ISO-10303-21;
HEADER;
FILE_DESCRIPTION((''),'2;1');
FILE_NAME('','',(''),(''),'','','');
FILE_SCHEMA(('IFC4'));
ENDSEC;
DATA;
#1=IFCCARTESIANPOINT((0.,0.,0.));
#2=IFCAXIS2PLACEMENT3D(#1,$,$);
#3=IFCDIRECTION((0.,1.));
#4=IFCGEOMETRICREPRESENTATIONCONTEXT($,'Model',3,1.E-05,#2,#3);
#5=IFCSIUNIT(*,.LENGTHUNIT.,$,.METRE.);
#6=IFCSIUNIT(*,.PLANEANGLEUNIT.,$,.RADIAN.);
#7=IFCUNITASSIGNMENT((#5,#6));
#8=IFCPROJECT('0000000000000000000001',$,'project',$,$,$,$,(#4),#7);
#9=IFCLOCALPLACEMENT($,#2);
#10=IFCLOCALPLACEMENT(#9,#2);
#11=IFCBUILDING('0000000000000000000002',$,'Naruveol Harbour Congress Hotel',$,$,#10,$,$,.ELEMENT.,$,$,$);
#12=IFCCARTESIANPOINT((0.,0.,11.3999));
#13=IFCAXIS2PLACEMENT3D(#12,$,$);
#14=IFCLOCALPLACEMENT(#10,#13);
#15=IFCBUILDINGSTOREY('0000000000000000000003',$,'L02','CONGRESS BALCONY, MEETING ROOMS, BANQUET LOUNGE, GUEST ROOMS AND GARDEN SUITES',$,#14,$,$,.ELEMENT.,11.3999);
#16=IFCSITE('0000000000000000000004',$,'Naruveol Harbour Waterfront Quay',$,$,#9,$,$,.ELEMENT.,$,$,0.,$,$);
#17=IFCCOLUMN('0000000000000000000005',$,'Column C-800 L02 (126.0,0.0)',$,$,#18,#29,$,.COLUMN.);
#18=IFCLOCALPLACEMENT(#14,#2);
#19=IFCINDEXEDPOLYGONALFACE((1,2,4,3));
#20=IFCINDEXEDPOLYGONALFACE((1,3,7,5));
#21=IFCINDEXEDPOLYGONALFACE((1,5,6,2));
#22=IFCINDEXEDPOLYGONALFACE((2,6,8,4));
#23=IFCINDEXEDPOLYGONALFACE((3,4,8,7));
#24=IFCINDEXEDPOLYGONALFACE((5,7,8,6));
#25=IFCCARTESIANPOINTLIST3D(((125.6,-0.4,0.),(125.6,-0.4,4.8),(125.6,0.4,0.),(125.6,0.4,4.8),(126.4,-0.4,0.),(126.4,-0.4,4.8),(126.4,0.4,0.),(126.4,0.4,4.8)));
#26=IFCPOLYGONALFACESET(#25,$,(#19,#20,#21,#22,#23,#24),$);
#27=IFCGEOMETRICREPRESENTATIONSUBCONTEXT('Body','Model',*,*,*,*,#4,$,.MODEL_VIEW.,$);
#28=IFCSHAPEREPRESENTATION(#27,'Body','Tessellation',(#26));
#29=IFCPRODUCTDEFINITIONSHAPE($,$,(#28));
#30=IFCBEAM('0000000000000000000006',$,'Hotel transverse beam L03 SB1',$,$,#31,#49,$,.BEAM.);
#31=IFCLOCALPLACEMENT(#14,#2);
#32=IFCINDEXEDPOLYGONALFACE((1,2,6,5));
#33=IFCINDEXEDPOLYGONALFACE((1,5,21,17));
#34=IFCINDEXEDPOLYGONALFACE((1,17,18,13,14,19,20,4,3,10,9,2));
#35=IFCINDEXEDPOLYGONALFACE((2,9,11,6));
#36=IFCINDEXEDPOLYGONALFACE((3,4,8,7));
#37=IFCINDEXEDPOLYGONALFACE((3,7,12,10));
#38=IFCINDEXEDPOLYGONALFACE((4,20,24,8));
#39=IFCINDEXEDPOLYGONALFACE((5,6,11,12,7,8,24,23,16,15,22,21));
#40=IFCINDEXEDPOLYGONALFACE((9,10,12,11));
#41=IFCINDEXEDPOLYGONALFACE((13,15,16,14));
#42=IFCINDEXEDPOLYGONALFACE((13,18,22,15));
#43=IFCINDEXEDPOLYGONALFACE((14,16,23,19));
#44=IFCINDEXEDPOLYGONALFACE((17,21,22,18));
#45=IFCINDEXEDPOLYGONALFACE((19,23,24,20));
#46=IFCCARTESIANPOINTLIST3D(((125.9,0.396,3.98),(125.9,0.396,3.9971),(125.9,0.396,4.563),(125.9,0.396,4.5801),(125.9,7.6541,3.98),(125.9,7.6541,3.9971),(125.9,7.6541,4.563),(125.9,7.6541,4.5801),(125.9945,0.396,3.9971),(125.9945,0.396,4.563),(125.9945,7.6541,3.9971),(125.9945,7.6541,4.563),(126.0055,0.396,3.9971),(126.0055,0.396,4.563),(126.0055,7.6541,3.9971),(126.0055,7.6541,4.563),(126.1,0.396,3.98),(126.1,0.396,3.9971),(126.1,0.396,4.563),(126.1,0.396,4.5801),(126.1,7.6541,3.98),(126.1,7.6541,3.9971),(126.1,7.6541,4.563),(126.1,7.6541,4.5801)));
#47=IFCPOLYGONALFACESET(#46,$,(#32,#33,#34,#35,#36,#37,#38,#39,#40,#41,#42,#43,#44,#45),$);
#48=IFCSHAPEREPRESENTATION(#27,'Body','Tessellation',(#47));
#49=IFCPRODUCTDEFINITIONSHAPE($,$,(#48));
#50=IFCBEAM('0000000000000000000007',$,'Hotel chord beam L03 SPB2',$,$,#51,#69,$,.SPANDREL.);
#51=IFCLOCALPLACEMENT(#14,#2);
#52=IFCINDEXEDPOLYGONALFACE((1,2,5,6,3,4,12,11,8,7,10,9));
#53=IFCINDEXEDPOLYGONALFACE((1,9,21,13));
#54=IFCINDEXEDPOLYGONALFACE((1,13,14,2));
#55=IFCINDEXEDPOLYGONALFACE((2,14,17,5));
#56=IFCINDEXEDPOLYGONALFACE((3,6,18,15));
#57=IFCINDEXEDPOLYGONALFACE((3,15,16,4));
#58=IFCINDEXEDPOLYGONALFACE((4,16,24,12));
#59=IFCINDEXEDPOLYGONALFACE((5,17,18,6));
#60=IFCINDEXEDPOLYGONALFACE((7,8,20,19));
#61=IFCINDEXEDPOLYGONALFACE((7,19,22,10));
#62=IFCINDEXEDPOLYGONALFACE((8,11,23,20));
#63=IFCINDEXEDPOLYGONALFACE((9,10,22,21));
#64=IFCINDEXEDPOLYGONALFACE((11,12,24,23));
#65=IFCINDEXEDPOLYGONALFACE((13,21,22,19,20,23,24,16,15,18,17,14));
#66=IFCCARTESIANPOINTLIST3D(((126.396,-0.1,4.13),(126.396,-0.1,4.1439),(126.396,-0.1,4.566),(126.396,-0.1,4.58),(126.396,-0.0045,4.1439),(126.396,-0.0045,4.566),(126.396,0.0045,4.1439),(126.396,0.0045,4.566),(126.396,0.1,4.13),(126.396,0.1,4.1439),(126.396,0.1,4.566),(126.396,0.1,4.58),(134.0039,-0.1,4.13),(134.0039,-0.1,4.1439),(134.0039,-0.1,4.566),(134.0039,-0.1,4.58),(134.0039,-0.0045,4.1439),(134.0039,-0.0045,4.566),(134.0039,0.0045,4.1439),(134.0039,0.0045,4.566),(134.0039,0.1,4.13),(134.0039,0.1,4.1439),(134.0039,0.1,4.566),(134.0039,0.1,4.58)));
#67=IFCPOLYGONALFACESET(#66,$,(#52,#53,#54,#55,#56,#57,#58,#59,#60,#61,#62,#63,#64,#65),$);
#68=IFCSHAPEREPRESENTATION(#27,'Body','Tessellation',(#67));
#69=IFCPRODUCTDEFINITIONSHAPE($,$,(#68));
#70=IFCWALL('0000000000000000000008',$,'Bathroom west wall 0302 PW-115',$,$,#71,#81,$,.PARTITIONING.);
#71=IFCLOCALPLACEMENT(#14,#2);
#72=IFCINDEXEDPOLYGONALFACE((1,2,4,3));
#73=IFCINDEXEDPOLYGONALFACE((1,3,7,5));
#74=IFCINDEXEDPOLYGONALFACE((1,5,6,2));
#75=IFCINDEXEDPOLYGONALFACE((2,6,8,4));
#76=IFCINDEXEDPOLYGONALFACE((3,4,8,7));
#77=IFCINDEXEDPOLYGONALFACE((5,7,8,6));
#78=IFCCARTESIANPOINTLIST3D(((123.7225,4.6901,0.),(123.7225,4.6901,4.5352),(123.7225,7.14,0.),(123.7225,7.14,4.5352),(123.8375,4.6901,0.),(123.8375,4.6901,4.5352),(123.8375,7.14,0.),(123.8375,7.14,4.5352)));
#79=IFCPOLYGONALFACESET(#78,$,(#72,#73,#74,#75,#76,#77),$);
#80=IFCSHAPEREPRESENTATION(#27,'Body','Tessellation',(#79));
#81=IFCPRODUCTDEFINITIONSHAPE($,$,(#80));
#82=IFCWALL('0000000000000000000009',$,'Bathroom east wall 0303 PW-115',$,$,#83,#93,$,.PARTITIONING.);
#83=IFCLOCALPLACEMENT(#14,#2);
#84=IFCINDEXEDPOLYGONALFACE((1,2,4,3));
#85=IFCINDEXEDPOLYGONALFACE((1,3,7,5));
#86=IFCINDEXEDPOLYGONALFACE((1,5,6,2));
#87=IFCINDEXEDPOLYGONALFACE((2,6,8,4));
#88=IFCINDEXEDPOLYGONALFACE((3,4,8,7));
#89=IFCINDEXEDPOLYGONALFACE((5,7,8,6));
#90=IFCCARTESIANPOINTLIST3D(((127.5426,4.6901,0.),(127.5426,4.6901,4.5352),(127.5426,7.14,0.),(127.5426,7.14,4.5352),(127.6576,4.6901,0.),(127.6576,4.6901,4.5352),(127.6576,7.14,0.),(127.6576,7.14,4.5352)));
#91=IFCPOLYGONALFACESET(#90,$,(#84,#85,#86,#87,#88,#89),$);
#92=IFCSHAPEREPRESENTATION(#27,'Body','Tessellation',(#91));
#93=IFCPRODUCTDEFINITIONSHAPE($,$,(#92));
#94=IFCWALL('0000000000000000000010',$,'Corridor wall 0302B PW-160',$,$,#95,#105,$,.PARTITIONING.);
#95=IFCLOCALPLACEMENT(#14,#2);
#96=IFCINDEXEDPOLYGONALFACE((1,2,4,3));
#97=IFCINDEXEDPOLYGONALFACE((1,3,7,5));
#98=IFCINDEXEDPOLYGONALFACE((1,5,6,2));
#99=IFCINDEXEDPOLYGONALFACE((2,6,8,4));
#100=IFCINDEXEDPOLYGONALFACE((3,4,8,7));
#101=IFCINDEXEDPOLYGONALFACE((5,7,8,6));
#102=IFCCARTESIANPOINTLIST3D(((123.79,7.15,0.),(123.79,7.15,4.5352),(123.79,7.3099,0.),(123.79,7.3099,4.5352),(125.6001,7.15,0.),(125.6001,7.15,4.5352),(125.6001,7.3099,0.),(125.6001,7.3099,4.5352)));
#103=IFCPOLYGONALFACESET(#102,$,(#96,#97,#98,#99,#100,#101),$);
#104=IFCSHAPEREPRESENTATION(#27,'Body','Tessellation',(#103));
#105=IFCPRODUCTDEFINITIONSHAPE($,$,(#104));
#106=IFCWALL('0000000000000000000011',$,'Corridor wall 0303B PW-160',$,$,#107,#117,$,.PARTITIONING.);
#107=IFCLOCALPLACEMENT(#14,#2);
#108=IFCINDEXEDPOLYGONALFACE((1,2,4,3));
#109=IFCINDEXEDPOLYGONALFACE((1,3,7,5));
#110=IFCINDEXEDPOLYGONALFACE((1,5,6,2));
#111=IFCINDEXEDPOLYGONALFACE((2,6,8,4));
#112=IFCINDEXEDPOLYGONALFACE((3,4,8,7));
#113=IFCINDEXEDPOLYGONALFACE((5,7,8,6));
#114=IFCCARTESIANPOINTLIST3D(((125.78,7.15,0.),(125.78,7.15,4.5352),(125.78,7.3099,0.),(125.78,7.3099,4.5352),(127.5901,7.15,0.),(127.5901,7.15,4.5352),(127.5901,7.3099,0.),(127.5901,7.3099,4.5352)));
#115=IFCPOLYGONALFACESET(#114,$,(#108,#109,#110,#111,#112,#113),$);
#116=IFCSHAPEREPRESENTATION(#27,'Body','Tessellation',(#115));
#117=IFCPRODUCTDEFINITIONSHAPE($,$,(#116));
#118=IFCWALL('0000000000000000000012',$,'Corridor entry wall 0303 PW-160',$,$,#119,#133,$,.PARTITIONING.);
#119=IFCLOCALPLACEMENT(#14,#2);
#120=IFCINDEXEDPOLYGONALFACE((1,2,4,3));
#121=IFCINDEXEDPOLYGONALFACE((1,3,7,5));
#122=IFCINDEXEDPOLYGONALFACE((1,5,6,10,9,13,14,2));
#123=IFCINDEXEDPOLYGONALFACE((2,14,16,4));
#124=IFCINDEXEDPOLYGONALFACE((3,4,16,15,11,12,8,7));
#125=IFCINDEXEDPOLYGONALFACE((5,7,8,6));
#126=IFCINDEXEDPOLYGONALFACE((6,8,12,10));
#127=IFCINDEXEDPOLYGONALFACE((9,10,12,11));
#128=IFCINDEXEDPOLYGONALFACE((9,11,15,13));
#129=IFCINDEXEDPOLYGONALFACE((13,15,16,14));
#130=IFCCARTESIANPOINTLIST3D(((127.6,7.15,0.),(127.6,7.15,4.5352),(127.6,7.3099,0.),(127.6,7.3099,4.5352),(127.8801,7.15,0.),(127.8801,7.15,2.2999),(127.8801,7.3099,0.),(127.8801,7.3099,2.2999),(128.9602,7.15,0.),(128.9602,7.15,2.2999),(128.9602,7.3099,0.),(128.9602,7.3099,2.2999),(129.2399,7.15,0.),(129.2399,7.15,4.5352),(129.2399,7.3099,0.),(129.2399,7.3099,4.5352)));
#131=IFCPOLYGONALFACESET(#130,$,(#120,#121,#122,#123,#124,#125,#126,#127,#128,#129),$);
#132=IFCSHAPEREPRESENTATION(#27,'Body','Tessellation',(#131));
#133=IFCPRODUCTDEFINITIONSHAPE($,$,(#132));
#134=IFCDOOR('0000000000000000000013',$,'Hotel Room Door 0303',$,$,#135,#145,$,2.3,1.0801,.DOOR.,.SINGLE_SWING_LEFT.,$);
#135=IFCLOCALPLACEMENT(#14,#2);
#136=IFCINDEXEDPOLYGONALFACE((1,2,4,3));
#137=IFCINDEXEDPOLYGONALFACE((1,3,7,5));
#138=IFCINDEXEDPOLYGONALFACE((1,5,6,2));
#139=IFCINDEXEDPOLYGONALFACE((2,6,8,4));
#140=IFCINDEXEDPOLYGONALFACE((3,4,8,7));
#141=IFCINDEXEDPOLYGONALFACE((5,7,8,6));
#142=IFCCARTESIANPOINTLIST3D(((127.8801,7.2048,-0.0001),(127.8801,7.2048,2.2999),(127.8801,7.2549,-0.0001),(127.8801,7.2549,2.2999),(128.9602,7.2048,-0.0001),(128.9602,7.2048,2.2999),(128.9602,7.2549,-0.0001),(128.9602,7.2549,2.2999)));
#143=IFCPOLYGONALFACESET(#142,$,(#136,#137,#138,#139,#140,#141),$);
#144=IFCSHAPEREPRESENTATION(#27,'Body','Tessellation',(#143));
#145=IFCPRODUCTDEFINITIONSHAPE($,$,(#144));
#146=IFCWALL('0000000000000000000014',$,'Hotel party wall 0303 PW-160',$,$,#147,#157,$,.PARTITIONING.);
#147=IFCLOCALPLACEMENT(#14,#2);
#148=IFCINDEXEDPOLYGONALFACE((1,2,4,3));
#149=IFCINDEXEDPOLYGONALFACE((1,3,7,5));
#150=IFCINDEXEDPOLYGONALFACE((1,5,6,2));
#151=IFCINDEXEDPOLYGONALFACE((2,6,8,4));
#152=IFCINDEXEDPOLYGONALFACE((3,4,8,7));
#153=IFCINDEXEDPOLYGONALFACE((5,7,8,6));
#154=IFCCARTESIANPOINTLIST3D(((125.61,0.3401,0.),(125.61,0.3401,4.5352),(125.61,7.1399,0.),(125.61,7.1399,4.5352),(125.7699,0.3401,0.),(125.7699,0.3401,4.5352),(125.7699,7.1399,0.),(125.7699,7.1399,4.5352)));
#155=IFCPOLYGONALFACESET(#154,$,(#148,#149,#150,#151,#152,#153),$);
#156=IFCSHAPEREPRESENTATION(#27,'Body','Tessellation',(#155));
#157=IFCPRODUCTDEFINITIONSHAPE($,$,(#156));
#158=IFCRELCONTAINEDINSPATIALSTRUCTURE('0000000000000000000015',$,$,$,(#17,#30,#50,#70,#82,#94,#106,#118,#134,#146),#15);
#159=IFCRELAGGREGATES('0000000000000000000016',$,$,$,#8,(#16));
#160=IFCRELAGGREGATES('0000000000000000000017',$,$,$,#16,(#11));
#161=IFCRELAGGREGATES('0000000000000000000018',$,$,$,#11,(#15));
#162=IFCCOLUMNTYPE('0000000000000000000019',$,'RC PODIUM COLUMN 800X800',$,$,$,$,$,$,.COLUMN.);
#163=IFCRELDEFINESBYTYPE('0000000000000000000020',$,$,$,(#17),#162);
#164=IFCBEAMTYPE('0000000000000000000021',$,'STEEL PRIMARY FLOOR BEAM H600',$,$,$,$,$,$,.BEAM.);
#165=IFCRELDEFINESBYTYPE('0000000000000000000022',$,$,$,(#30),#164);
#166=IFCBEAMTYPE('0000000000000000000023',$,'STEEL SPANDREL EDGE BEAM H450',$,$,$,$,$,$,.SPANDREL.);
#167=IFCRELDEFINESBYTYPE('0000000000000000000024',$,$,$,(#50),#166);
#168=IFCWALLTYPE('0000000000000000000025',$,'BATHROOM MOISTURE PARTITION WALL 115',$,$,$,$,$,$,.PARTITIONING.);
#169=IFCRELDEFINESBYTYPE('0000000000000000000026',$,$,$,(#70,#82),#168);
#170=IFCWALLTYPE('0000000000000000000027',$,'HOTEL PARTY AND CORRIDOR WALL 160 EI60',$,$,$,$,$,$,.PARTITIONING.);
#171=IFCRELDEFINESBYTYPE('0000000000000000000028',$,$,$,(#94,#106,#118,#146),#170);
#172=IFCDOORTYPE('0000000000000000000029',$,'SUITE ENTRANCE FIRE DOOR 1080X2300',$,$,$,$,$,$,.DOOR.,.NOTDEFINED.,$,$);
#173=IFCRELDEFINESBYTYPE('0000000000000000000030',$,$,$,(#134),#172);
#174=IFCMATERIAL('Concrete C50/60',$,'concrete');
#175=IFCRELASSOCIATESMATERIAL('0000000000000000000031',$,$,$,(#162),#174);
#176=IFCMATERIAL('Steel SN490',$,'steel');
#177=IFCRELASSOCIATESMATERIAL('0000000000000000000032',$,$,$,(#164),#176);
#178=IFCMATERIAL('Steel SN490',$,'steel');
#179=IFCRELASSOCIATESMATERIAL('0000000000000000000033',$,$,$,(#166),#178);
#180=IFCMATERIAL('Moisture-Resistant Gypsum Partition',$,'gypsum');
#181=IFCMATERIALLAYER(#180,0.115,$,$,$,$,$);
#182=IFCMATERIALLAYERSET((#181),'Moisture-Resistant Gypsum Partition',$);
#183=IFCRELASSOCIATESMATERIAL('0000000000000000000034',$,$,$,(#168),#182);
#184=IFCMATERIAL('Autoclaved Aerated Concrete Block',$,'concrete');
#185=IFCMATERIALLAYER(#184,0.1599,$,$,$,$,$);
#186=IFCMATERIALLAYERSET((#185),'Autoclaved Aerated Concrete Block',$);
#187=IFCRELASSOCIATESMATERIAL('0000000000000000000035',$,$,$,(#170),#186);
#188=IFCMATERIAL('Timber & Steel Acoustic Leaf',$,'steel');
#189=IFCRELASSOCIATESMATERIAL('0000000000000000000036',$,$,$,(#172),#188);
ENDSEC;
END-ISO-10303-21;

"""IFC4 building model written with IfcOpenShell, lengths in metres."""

from ifc_helpers import new_model, si_unit, direction, frame, frame_2d, origin, origin_2d, place, context, subcontext, project, spatial, rectangle, i_section, extrude, material, layer, layer_set, material_profile, profile_set, type_object, element, fill, save


model = new_model("IFC4")

# Units and contexts
model_context = context("Model", 3, precision=1e-05, world=origin(), true_north=direction((0.0, 1.0)))
body_context = subcontext(model_context, "Body", "Model", "MODEL_VIEW")
ifc_project = project(units=[si_unit("LENGTHUNIT", "METRE"), si_unit("PLANEANGLEUNIT", "RADIAN")], contexts=[model_context])

# Site, building, storey
site_placement = place(None, origin())
site = spatial("IfcSite", under=ifc_project, at=site_placement, Name="Naruveol Harbour Waterfront Quay", CompositionType="ELEMENT", RefElevation=0.0)
building_placement = place(site_placement, origin())
building = spatial("IfcBuilding", under=site, at=building_placement, Name="Naruveol Harbour Congress Hotel", CompositionType="ELEMENT")
storey_placement = place(building_placement, frame((0.0, 0.0, 11.3999)))
storey = spatial("IfcBuildingStorey", under=building, at=storey_placement, Name="L02", Description="CONGRESS BALCONY, MEETING ROOMS, BANQUET LOUNGE, GUEST ROOMS AND GARDEN SUITES", CompositionType="ELEMENT", Elevation=11.3999)

# Column
ifc_material_1 = material(Name="Concrete C50/60", Category="concrete")
ifc_material_profile_1 = material_profile(ifc_material_1, rectangle(XDim=0.8, YDim=0.8, at=origin_2d()), Name="RC-800x800")
ifc_profile_set_1 = profile_set([ifc_material_profile_1], Name="Concrete C50/60")
column_type = type_object("IfcColumnType", Name="RC PODIUM COLUMN 800X800", PredefinedType="COLUMN", material=ifc_profile_set_1)
column_placement = place(storey_placement, frame((126.0, 0.0, 0.0), z_axis=(0.0, 0.0, 1.0), x_axis=(1.0, 0.0, 0.0)))
element("IfcColumn", 1, at=column_placement, inside=storey, type_object=column_type, Name="Column C-800 L02 (126.0,0.0)", PredefinedType="COLUMN", context=body_context, shape_type="SweptSolid", body=[
    extrude(rectangle(XDim=0.8, YDim=0.8, at=origin_2d()), origin(), (0.0, 0.0, 1.0), 4.8),
])

# Beams
ifc_material_2 = material(Name="Steel SN490", Category="steel")
ifc_material_profile_2 = material_profile(ifc_material_2, i_section(OverallWidth=0.2, OverallDepth=0.6001, WebThickness=0.011, FlangeThickness=0.0171, at=origin_2d()), Name="H-600x200x11x17")
ifc_profile_set_2 = profile_set([ifc_material_profile_2], Name="Steel SN490")
beam_type_1 = type_object("IfcBeamType", Name="STEEL PRIMARY FLOOR BEAM H600", PredefinedType="BEAM", material=ifc_profile_set_2)
beam_1_placement = place(storey_placement, frame((126.0, 0.396, 4.28), z_axis=(0.0, 1.0, 0.0), x_axis=(-1.0, 0.0, 0.0)))
element("IfcBeam", 2, at=beam_1_placement, inside=storey, type_object=beam_type_1, Name="Hotel transverse beam L03 SB1", PredefinedType="BEAM", context=body_context, shape_type="SweptSolid", body=[
    extrude(i_section(OverallWidth=0.2, OverallDepth=0.6001, WebThickness=0.011, FlangeThickness=0.0171, at=origin_2d()), origin(), (0.0, 0.0, 1.0), 7.2581),
])
ifc_material_3 = material(Name="Steel SN490", Category="steel")
ifc_material_profile_3 = material_profile(ifc_material_3, i_section(OverallWidth=0.2, OverallDepth=0.45, WebThickness=0.009, FlangeThickness=0.0139, at=origin_2d()), Name="H-450x200x9x14")
ifc_profile_set_3 = profile_set([ifc_material_profile_3], Name="Steel SN490")
beam_type_2 = type_object("IfcBeamType", Name="STEEL SPANDREL EDGE BEAM H450", PredefinedType="SPANDREL", material=ifc_profile_set_3)
beam_2_placement = place(storey_placement, frame((126.396, 0.0, 4.355), z_axis=(1.0, 0.0, 0.0), x_axis=(0.0, 1.0, 0.0)))
element("IfcBeam", 3, at=beam_2_placement, inside=storey, type_object=beam_type_2, Name="Hotel chord beam L03 SPB2", PredefinedType="SPANDREL", context=body_context, shape_type="SweptSolid", body=[
    extrude(i_section(OverallWidth=0.2, OverallDepth=0.45, WebThickness=0.009, FlangeThickness=0.0139, at=origin_2d()), origin(), (0.0, 0.0, 1.0), 7.6079),
])

# Wall
ifc_material_4 = material(Name="Moisture-Resistant Gypsum Partition", Category="gypsum")
ifc_layer_1 = layer(ifc_material_4, 0.115)
ifc_layer_set_1 = layer_set([ifc_layer_1], Name="Moisture-Resistant Gypsum Partition")
wall_type_1 = type_object("IfcWallType", Name="BATHROOM MOISTURE PARTITION WALL 115", PredefinedType="PARTITIONING", material=ifc_layer_set_1)
wall_1_placement = place(storey_placement, frame((123.78, 4.6899, 0.0), z_axis=(0.0, 0.0, 1.0), x_axis=(0.0, 1.0, 0.0)))
element("IfcWall", 4, at=wall_1_placement, inside=storey, type_object=wall_type_1, Name="Bathroom west wall 0302 PW-115", PredefinedType="PARTITIONING", context=body_context, shape_type="SweptSolid", body=[
    extrude(rectangle(XDim=2.45, YDim=0.115, at=frame_2d((1.2251, 0.0))), origin(), (0.0, 0.0, 1.0), 4.5352),
])

# Wall
wall_2_placement = place(storey_placement, frame((127.6001, 4.6899, 0.0), z_axis=(0.0, 0.0, 1.0), x_axis=(0.0, 1.0, 0.0)))
element("IfcWall", 5, at=wall_2_placement, inside=storey, type_object=wall_type_1, Name="Bathroom east wall 0303 PW-115", PredefinedType="PARTITIONING", context=body_context, shape_type="SweptSolid", body=[
    extrude(rectangle(XDim=2.45, YDim=0.115, at=frame_2d((1.2251, 0.0))), origin(), (0.0, 0.0, 1.0), 4.5352),
])

# Walls
ifc_material_5 = material(Name="Autoclaved Aerated Concrete Block", Category="concrete")
ifc_layer_2 = layer(ifc_material_5, 0.1599)
ifc_layer_set_2 = layer_set([ifc_layer_2], Name="Autoclaved Aerated Concrete Block")
wall_type_2 = type_object("IfcWallType", Name="HOTEL PARTY AND CORRIDOR WALL 160 EI60", PredefinedType="PARTITIONING", material=ifc_layer_set_2)
for number, where, z_axis, x_axis, name in (
    (6, (123.79, 7.23, 0.0), (0.0, 0.0, 1.0), (1.0, 0.0, 0.0), "Corridor wall 0302B PW-160"),
    (7, (125.78, 7.23, 0.0), (0.0, 0.0, 1.0), (1.0, 0.0, 0.0), "Corridor wall 0303B PW-160"),
):
    element("IfcWall", number, at=place(storey_placement, frame(where, z_axis=z_axis, x_axis=x_axis)), inside=storey, type_object=wall_type_2, Name=name, PredefinedType="PARTITIONING", context=body_context, shape_type="SweptSolid", body=[
        extrude(rectangle(XDim=1.8101, YDim=0.1599, at=frame_2d((0.905, 0.0))), origin(), (0.0, 0.0, 1.0), 4.5352),
    ])

# Wall, opening, door
wall_3_placement = place(storey_placement, frame((127.6001, 7.23, 0.0), z_axis=(0.0, 0.0, 1.0), x_axis=(1.0, 0.0, 0.0)))
wall_3 = element("IfcWall", 8, at=wall_3_placement, inside=storey, type_object=wall_type_2, Name="Corridor entry wall 0303 PW-160", PredefinedType="PARTITIONING", context=body_context, shape_type="SweptSolid", body=[
    extrude(rectangle(XDim=1.6399, YDim=0.1599, at=frame_2d((0.8198, 0.0))), origin(), (0.0, 0.0, 1.0), 4.5352),
])
opening_1_placement = place(wall_3_placement, frame((0.28, 0.0, 0.0)))
opening_1 = element("IfcOpeningElement", 9, at=opening_1_placement, cuts=wall_3, PredefinedType="OPENING", context=body_context, shape_type="SweptSolid", body=[
    extrude(rectangle(XDim=1.0801, YDim=2.3, at=frame_2d((0.54, 1.1499))), frame((0.0, 0.0898, 0.0), z_axis=(0.0, -1.0, 0.0), x_axis=(1.0, 0.0, 0.0)), (0.0, 0.0, 1.0), 0.1799),
])
ifc_material_6 = material(Name="Timber & Steel Acoustic Leaf", Category="steel")
door_type_1 = type_object("IfcDoorType", Name="SUITE ENTRANCE FIRE DOOR 1080X2300", OperationType="NOTDEFINED", PredefinedType="DOOR", material=ifc_material_6)
door_1_placement = place(opening_1_placement, origin())
door_1 = element("IfcDoor", 10, at=door_1_placement, inside=storey, type_object=door_type_1, Name="Hotel Room Door 0303", OperationType="SINGLE_SWING_LEFT", OverallHeight=2.3, OverallWidth=1.0801, PredefinedType="DOOR", context=body_context, shape_type="SweptSolid", body=[
    extrude(rectangle(XDim=1.0801, YDim=2.3, at=frame_2d((0.54, 1.1499))), frame((0.0, 0.0249, 0.0), z_axis=(0.0, -1.0, 0.0), x_axis=(1.0, 0.0, 0.0)), (0.0, 0.0, 1.0), 0.05),
])
fill(opening_1, door_1)

# Wall
wall_4_placement = place(storey_placement, frame((125.6899, 0.3401, 0.0), z_axis=(0.0, 0.0, 1.0), x_axis=(0.0, 1.0, 0.0)))
element("IfcWall", 11, at=wall_4_placement, inside=storey, type_object=wall_type_2, Name="Hotel party wall 0303 PW-160", PredefinedType="PARTITIONING", context=body_context, shape_type="SweptSolid", body=[
    extrude(rectangle(XDim=6.7998, YDim=0.1599, at=frame_2d((3.3999, 0.0))), origin(), (0.0, 0.0, 1.0), 4.5352),
])

save(model, "model.ifc")
